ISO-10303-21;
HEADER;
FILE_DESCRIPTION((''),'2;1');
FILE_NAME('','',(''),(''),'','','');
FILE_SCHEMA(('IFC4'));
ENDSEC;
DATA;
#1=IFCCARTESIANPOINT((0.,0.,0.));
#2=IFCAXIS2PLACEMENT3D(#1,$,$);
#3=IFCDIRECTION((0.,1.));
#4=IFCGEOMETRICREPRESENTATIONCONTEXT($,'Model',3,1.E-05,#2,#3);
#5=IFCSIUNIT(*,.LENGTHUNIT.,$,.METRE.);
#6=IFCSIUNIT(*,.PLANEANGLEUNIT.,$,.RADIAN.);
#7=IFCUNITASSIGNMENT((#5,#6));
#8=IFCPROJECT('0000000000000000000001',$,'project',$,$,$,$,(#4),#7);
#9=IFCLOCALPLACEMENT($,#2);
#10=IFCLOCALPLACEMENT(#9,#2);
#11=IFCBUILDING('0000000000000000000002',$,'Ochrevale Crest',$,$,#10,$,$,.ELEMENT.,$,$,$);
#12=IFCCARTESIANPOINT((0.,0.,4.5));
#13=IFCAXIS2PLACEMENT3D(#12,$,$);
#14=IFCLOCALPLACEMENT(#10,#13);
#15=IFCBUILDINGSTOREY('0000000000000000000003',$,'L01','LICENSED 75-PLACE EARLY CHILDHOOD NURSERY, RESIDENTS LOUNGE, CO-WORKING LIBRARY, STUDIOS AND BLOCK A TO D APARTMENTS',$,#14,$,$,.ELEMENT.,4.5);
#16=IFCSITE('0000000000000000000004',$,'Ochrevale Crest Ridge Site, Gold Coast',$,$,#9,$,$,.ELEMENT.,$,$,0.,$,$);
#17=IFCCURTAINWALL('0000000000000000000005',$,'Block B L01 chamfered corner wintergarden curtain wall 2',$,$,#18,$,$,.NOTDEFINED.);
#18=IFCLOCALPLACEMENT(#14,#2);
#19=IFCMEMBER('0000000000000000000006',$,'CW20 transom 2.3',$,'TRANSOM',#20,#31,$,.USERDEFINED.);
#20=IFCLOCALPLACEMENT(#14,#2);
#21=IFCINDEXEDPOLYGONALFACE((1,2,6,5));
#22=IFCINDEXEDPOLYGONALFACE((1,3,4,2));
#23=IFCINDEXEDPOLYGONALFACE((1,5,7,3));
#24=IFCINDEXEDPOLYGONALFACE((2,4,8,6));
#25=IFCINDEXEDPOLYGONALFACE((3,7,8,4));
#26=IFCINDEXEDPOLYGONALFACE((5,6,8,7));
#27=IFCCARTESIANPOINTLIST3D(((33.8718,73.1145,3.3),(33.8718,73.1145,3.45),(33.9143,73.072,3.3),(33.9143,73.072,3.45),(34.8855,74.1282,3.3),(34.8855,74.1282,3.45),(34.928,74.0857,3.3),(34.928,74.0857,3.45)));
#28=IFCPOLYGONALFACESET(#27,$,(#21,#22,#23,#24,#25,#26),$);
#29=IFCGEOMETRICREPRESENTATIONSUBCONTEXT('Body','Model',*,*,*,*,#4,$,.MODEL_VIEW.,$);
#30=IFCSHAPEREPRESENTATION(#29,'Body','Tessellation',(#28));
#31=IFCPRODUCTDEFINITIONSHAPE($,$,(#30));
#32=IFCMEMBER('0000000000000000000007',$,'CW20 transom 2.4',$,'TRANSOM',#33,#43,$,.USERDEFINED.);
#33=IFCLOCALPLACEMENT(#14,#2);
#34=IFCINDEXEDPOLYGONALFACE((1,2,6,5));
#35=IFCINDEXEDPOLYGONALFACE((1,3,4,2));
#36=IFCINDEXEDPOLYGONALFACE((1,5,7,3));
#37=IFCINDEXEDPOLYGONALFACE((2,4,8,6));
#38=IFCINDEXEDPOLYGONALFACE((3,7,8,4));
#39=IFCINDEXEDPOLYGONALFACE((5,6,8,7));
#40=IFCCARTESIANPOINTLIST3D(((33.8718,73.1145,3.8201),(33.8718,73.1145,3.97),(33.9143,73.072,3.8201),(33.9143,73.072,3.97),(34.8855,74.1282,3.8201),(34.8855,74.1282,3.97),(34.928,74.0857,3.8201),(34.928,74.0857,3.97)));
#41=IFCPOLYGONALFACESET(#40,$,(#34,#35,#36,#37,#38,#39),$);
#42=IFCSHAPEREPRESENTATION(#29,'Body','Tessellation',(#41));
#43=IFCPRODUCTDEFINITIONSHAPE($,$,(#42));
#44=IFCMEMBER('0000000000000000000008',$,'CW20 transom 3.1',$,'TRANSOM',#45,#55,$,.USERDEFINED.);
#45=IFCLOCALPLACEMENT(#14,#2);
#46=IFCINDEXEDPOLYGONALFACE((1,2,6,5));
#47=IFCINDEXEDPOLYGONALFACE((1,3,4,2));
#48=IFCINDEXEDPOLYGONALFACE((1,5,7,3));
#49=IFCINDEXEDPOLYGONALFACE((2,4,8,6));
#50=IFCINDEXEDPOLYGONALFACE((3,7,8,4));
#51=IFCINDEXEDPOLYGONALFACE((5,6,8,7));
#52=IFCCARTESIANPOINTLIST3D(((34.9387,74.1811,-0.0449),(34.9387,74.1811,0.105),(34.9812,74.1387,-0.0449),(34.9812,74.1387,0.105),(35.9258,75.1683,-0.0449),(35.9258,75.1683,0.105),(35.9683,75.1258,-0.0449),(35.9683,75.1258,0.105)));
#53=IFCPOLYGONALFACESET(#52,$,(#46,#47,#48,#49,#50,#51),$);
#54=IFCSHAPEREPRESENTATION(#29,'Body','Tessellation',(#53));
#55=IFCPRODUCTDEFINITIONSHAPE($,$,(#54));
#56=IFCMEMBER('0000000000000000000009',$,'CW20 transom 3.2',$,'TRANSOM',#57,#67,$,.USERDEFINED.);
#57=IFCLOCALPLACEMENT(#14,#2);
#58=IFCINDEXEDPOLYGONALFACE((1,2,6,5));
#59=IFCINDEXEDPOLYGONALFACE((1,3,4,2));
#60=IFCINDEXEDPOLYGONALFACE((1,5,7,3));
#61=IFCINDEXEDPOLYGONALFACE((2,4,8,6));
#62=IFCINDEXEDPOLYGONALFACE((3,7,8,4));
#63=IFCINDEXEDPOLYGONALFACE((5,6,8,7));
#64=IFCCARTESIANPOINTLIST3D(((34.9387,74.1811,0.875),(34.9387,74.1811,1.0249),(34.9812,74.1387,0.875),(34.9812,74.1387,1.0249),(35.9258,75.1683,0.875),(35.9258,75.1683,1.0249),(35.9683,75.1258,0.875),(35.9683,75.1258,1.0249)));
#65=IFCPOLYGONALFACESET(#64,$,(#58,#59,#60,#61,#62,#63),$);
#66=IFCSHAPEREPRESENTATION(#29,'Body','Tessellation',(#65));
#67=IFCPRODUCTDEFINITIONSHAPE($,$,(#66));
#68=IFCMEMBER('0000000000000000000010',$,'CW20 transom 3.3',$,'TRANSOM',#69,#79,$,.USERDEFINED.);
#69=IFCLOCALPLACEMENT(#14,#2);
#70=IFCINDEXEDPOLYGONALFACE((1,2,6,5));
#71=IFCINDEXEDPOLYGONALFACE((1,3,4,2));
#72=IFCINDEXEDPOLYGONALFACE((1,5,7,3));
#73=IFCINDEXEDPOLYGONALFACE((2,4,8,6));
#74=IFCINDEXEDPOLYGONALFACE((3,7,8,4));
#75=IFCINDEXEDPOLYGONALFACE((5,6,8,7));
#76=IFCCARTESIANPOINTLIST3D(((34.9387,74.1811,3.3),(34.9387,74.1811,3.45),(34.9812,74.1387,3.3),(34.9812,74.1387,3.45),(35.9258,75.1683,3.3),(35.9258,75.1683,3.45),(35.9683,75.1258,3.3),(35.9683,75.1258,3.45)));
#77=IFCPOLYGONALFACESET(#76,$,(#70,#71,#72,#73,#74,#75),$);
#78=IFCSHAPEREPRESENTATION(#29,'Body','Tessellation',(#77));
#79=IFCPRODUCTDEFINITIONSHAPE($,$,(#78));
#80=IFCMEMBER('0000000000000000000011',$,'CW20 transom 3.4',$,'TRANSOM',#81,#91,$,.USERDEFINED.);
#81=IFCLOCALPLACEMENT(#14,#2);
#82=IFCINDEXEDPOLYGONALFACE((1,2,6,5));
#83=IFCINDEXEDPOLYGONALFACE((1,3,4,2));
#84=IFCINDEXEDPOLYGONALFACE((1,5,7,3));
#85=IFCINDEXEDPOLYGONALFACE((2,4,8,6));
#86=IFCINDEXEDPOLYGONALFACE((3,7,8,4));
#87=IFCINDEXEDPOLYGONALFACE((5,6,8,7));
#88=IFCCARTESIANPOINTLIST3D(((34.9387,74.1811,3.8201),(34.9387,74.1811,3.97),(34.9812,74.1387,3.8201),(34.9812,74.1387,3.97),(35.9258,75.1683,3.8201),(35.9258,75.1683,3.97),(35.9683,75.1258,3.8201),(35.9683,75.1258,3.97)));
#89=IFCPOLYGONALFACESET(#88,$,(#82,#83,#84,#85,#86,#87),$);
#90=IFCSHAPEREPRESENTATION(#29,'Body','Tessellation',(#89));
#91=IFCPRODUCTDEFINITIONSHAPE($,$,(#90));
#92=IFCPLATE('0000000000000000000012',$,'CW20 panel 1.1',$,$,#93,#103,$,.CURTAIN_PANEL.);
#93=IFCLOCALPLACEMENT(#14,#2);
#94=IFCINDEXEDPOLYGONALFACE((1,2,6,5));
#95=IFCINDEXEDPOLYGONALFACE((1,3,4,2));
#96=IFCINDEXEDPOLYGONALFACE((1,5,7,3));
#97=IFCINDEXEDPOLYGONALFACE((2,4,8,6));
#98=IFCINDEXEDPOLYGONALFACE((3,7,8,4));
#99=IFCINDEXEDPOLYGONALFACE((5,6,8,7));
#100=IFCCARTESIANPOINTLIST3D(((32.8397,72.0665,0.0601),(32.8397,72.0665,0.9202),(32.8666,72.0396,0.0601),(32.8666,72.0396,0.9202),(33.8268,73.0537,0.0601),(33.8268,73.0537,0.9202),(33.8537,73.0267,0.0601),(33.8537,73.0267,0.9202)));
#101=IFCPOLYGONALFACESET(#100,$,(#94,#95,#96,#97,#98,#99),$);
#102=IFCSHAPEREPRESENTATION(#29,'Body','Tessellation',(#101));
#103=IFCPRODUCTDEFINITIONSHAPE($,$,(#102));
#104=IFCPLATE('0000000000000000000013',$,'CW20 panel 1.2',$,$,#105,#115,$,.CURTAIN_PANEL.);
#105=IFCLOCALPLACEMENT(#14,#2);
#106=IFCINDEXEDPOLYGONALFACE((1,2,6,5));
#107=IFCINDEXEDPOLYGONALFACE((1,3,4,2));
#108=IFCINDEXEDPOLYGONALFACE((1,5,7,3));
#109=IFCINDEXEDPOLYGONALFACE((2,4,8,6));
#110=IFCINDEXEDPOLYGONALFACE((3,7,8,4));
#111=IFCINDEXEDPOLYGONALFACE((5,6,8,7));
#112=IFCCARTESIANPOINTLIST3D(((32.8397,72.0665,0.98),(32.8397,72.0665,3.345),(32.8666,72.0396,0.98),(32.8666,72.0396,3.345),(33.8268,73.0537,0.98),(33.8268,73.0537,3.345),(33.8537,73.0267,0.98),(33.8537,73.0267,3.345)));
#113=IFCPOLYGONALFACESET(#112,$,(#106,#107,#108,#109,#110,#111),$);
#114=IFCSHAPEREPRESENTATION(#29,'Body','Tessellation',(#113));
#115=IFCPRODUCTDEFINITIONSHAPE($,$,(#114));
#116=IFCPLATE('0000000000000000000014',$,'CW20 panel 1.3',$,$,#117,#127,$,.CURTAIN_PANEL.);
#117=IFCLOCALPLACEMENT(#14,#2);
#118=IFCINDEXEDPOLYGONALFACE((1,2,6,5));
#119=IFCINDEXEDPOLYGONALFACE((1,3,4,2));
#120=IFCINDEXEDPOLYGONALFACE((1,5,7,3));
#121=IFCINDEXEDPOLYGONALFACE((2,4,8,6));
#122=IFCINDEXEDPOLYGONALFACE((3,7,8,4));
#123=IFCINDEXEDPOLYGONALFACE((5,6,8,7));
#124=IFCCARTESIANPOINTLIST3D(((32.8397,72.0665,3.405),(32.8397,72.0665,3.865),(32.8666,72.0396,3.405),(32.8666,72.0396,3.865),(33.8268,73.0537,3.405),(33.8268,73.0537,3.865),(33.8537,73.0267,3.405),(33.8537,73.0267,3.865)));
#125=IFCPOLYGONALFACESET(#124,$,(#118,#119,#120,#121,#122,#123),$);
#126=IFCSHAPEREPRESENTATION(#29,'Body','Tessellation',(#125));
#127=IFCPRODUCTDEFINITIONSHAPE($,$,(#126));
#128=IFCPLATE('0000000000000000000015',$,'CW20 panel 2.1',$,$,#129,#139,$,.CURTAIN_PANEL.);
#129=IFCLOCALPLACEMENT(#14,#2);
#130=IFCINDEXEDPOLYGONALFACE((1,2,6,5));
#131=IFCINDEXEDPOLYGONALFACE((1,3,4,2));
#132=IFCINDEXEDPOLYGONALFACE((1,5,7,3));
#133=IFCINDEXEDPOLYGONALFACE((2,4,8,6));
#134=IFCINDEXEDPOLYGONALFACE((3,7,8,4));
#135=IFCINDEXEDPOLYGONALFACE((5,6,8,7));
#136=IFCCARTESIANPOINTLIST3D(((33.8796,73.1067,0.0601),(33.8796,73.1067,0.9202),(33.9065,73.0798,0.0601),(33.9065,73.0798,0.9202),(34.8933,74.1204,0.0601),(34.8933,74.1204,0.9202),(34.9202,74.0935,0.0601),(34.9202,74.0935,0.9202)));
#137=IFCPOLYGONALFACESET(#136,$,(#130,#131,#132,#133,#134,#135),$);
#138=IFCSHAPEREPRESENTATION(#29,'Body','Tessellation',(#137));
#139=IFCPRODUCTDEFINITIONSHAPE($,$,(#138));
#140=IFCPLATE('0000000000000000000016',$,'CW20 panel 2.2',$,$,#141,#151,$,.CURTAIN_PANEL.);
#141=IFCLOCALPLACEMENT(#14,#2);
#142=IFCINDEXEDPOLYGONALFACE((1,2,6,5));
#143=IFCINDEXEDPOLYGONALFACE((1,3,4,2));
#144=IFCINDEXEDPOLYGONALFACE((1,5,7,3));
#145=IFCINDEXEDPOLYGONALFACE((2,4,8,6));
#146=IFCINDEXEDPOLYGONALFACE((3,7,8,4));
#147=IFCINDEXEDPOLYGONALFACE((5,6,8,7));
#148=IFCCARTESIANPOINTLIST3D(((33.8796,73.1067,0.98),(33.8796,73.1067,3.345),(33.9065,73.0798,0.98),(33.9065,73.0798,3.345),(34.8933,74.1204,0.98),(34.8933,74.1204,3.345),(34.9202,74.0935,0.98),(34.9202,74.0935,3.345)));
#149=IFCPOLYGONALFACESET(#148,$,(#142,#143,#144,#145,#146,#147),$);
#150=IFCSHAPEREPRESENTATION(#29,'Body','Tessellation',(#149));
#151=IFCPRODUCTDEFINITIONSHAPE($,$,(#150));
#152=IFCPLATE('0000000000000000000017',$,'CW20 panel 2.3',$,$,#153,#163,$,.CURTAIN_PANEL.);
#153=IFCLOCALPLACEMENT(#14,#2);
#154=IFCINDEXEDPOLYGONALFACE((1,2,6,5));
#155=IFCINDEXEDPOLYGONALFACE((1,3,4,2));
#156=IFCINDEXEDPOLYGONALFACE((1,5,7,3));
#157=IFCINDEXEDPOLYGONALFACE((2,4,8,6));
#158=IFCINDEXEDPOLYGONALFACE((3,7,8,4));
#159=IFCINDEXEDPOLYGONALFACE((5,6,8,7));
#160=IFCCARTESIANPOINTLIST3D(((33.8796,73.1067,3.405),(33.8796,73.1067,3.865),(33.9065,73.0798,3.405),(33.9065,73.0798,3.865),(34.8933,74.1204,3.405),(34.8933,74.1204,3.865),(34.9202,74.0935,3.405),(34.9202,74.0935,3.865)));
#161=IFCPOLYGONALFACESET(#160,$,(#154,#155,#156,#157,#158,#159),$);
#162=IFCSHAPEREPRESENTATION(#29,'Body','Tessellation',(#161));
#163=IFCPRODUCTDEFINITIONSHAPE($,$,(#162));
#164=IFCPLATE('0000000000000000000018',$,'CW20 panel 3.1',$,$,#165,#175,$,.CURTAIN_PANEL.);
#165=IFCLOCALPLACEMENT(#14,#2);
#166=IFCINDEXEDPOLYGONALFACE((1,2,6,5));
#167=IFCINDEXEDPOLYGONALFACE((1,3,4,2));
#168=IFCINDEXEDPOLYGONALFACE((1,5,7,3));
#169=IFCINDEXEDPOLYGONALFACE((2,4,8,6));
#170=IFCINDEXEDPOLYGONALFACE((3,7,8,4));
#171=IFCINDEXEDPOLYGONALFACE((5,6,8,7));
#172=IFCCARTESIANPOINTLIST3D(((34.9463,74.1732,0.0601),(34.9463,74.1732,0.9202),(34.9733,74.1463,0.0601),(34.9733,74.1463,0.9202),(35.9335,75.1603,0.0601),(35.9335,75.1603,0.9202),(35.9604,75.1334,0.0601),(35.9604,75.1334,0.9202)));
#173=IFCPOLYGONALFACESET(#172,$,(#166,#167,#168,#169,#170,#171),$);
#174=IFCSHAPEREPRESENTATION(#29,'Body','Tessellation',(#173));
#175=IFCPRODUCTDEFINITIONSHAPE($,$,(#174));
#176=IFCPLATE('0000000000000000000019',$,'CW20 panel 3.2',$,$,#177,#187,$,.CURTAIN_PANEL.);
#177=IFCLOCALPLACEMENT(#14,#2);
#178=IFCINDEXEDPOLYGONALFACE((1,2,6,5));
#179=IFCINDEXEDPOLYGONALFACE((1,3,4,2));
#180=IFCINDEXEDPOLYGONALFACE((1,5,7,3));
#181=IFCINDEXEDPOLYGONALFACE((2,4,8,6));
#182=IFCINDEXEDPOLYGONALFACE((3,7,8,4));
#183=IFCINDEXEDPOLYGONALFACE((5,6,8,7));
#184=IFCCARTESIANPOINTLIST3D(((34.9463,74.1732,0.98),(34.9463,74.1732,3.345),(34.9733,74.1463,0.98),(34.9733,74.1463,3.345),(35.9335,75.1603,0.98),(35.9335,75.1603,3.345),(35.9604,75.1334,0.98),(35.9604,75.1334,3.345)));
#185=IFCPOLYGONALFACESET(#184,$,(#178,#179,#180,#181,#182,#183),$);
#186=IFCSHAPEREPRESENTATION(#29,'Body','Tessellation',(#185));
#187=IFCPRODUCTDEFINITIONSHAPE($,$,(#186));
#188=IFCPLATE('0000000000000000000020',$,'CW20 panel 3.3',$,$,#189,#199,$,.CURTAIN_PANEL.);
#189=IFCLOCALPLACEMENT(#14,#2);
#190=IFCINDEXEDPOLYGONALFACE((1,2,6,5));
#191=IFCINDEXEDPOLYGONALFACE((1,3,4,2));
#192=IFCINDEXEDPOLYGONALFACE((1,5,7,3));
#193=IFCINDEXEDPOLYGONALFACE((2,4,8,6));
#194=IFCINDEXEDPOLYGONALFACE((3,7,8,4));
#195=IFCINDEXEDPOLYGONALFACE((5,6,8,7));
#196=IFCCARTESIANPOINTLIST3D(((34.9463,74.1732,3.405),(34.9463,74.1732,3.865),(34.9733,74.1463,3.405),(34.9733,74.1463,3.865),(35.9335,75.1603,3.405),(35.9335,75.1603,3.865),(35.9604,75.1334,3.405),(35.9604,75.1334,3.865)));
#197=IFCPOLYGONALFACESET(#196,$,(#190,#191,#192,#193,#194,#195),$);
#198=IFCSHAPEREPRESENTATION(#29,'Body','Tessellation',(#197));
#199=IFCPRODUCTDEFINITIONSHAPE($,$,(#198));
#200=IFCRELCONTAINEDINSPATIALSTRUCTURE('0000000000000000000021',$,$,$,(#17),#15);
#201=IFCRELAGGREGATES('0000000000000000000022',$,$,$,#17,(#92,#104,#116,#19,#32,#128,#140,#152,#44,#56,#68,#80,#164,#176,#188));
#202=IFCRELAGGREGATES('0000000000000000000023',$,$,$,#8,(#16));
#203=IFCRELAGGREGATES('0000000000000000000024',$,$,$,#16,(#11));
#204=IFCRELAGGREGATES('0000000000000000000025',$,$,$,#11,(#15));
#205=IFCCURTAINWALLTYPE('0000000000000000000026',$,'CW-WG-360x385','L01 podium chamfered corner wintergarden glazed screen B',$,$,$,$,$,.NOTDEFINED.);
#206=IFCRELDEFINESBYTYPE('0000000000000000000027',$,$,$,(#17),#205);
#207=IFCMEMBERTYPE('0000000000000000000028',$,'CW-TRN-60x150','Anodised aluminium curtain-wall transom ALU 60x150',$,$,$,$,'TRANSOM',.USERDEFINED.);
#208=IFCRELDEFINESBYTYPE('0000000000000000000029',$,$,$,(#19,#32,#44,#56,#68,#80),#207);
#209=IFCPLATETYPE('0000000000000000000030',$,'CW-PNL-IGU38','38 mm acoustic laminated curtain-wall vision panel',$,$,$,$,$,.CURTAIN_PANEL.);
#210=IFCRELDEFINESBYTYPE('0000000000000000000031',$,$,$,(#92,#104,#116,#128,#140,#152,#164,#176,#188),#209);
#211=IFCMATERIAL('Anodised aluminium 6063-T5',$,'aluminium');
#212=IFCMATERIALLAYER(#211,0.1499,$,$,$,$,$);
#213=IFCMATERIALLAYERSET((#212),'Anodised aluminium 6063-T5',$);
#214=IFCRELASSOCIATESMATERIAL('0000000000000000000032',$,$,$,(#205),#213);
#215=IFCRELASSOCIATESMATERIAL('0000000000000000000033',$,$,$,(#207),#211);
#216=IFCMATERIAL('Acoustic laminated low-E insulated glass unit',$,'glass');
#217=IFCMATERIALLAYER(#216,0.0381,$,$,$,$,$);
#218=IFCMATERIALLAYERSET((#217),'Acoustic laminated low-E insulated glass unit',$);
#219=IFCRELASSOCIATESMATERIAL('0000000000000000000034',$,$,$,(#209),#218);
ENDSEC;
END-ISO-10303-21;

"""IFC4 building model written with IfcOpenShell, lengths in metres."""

from ifc_helpers import new_model, si_unit, direction, frame, origin, origin_2d, place, context, subcontext, project, spatial, rectangle, extrude, material, layer, layer_set, material_profile, profile_set, type_object, element, aggregate, save


model = new_model("IFC4")

# Units and contexts
model_context = context("Model", 3, precision=1e-05, world=origin(), true_north=direction((0.0, 1.0)))
body_context = subcontext(model_context, "Body", "Model", "MODEL_VIEW")
ifc_project = project(units=[si_unit("LENGTHUNIT", "METRE"), si_unit("PLANEANGLEUNIT", "RADIAN")], contexts=[model_context])

# Site, building, storey
site_placement = place(None, origin())
site = spatial("IfcSite", under=ifc_project, at=site_placement, Name="Ochrevale Crest Ridge Site, Gold Coast", CompositionType="ELEMENT", RefElevation=0.0)
building_placement = place(site_placement, origin())
building = spatial("IfcBuilding", under=site, at=building_placement, Name="Ochrevale Crest", CompositionType="ELEMENT")
storey_placement = place(building_placement, frame((0.0, 0.0, 4.5)))
storey = spatial("IfcBuildingStorey", under=building, at=storey_placement, Name="L01", Description="LICENSED 75-PLACE EARLY CHILDHOOD NURSERY, RESIDENTS LOUNGE, CO-WORKING LIBRARY, STUDIOS AND BLOCK A TO D APARTMENTS", CompositionType="ELEMENT", Elevation=4.5)

# Curtain wall, members, plates
ifc_material_1 = material(Name="Anodised aluminium 6063-T5", Category="aluminium")
ifc_layer_1 = layer(ifc_material_1, 0.1499)
ifc_layer_set_1 = layer_set([ifc_layer_1], Name="Anodised aluminium 6063-T5")
curtain_wall_type = type_object("IfcCurtainWallType", Name="CW-WG-360x385", Description="L01 podium chamfered corner wintergarden glazed screen B", PredefinedType="NOTDEFINED", material=ifc_layer_set_1)
curtain_wall_placement = place(storey_placement, origin())
curtain_wall = element("IfcCurtainWall", 1, at=curtain_wall_placement, inside=storey, type_object=curtain_wall_type, Name="Block B L01 chamfered corner wintergarden curtain wall 2", PredefinedType="NOTDEFINED")
ifc_material_profile_1 = material_profile(ifc_material_1, rectangle(XDim=0.0601, YDim=0.1499, at=origin_2d()), Name="ALU 60x150")
ifc_profile_set_1 = profile_set([ifc_material_profile_1], Name="Anodised aluminium 6063-T5")
member_type_1 = type_object("IfcMemberType", Name="CW-TRN-60x150", Description="Anodised aluminium curtain-wall transom ALU 60x150", ElementType="TRANSOM", PredefinedType="USERDEFINED", material=ifc_profile_set_1)
member_1_placement = place(storey_placement, frame((33.8931, 73.0933, 3.375), z_axis=(0.707107, 0.707107, 0.0), x_axis=(-0.707107, 0.707107, 0.0)))
member_1 = element("IfcMember", 2, at=member_1_placement, type_object=member_type_1, Name="CW20 transom 2.3", ObjectType="TRANSOM", PredefinedType="USERDEFINED", context=body_context, shape_type="SweptSolid", body=[
    extrude(rectangle(XDim=0.0601, YDim=0.1499, at=origin_2d()), origin(), (0.0, 0.0, 1.0), 1.4336),
])
member_2_placement = place(storey_placement, frame((33.8931, 73.0933, 3.895), z_axis=(0.707107, 0.707107, 0.0), x_axis=(-0.707107, 0.707107, 0.0)))
member_2 = element("IfcMember", 3, at=member_2_placement, type_object=member_type_1, Name="CW20 transom 2.4", ObjectType="TRANSOM", PredefinedType="USERDEFINED", context=body_context, shape_type="SweptSolid", body=[
    extrude(rectangle(XDim=0.0601, YDim=0.1499, at=origin_2d()), origin(), (0.0, 0.0, 1.0), 1.4336),
])
member_3_placement = place(storey_placement, frame((34.96, 74.1599, 0.03), z_axis=(0.707107, 0.707107, 0.0), x_axis=(-0.707107, 0.707107, 0.0)))
member_3 = element("IfcMember", 4, at=member_3_placement, type_object=member_type_1, Name="CW20 transom 3.1", ObjectType="TRANSOM", PredefinedType="USERDEFINED", context=body_context, shape_type="SweptSolid", body=[
    extrude(rectangle(XDim=0.0601, YDim=0.1499, at=origin_2d()), origin(), (0.0, 0.0, 1.0), 1.396),
])
member_4_placement = place(storey_placement, frame((34.96, 74.1599, 0.95), z_axis=(0.707107, 0.707107, 0.0), x_axis=(-0.707107, 0.707107, 0.0)))
member_4 = element("IfcMember", 5, at=member_4_placement, type_object=member_type_1, Name="CW20 transom 3.2", ObjectType="TRANSOM", PredefinedType="USERDEFINED", context=body_context, shape_type="SweptSolid", body=[
    extrude(rectangle(XDim=0.0601, YDim=0.1499, at=origin_2d()), origin(), (0.0, 0.0, 1.0), 1.396),
])
member_5_placement = place(storey_placement, frame((34.96, 74.1599, 3.375), z_axis=(0.707107, 0.707107, 0.0), x_axis=(-0.707107, 0.707107, 0.0)))
member_5 = element("IfcMember", 6, at=member_5_placement, type_object=member_type_1, Name="CW20 transom 3.3", ObjectType="TRANSOM", PredefinedType="USERDEFINED", context=body_context, shape_type="SweptSolid", body=[
    extrude(rectangle(XDim=0.0601, YDim=0.1499, at=origin_2d()), origin(), (0.0, 0.0, 1.0), 1.396),
])
member_6_placement = place(storey_placement, frame((34.96, 74.1599, 3.895), z_axis=(0.707107, 0.707107, 0.0), x_axis=(-0.707107, 0.707107, 0.0)))
member_6 = element("IfcMember", 7, at=member_6_placement, type_object=member_type_1, Name="CW20 transom 3.4", ObjectType="TRANSOM", PredefinedType="USERDEFINED", context=body_context, shape_type="SweptSolid", body=[
    extrude(rectangle(XDim=0.0601, YDim=0.1499, at=origin_2d()), origin(), (0.0, 0.0, 1.0), 1.396),
])
ifc_material_2 = material(Name="Acoustic laminated low-E insulated glass unit", Category="glass")
ifc_layer_2 = layer(ifc_material_2, 0.0381)
ifc_layer_set_2 = layer_set([ifc_layer_2], Name="Acoustic laminated low-E insulated glass unit")
plate_type = type_object("IfcPlateType", Name="CW-PNL-IGU38", Description="38 mm acoustic laminated curtain-wall vision panel", PredefinedType="CURTAIN_PANEL", material=ifc_layer_set_2)
plate_1_placement = place(storey_placement, frame((33.3467, 72.5466, 0.0601), z_axis=(0.0, 0.0, 1.0), x_axis=(0.707107, 0.707107, 0.0)))
plate_1 = element("IfcPlate", 8, at=plate_1_placement, type_object=plate_type, Name="CW20 panel 1.1", PredefinedType="CURTAIN_PANEL", context=body_context, shape_type="SweptSolid", body=[
    extrude(rectangle(XDim=1.396, YDim=0.0381, at=origin_2d()), origin(), (0.0, 0.0, 1.0), 0.8601),
])
plate_2_placement = place(storey_placement, frame((33.3467, 72.5466, 0.98), z_axis=(0.0, 0.0, 1.0), x_axis=(0.707107, 0.707107, 0.0)))
plate_2 = element("IfcPlate", 9, at=plate_2_placement, type_object=plate_type, Name="CW20 panel 1.2", PredefinedType="CURTAIN_PANEL", context=body_context, shape_type="SweptSolid", body=[
    extrude(rectangle(XDim=1.396, YDim=0.0381, at=origin_2d()), origin(), (0.0, 0.0, 1.0), 2.365),
])
plate_3_placement = place(storey_placement, frame((33.3467, 72.5466, 3.405), z_axis=(0.0, 0.0, 1.0), x_axis=(0.707107, 0.707107, 0.0)))
plate_3 = element("IfcPlate", 10, at=plate_3_placement, type_object=plate_type, Name="CW20 panel 1.3", PredefinedType="CURTAIN_PANEL", context=body_context, shape_type="SweptSolid", body=[
    extrude(rectangle(XDim=1.396, YDim=0.0381, at=origin_2d()), origin(), (0.0, 0.0, 1.0), 0.46),
])
plate_4_placement = place(storey_placement, frame((34.3999, 73.6001, 0.0601), z_axis=(0.0, 0.0, 1.0), x_axis=(0.707107, 0.707107, 0.0)))
plate_4 = element("IfcPlate", 11, at=plate_4_placement, type_object=plate_type, Name="CW20 panel 2.1", PredefinedType="CURTAIN_PANEL", context=body_context, shape_type="SweptSolid", body=[
    extrude(rectangle(XDim=1.4336, YDim=0.0381, at=origin_2d()), origin(), (0.0, 0.0, 1.0), 0.8601),
])
plate_5_placement = place(storey_placement, frame((34.3999, 73.6001, 0.98), z_axis=(0.0, 0.0, 1.0), x_axis=(0.707107, 0.707107, 0.0)))
plate_5 = element("IfcPlate", 12, at=plate_5_placement, type_object=plate_type, Name="CW20 panel 2.2", PredefinedType="CURTAIN_PANEL", context=body_context, shape_type="SweptSolid", body=[
    extrude(rectangle(XDim=1.4336, YDim=0.0381, at=origin_2d()), origin(), (0.0, 0.0, 1.0), 2.365),
])
plate_6_placement = place(storey_placement, frame((34.3999, 73.6001, 3.405), z_axis=(0.0, 0.0, 1.0), x_axis=(0.707107, 0.707107, 0.0)))
plate_6 = element("IfcPlate", 13, at=plate_6_placement, type_object=plate_type, Name="CW20 panel 2.3", PredefinedType="CURTAIN_PANEL", context=body_context, shape_type="SweptSolid", body=[
    extrude(rectangle(XDim=1.4336, YDim=0.0381, at=origin_2d()), origin(), (0.0, 0.0, 1.0), 0.46),
])
plate_7_placement = place(storey_placement, frame((35.4534, 74.6533, 0.0601), z_axis=(0.0, 0.0, 1.0), x_axis=(0.707107, 0.707107, 0.0)))
plate_7 = element("IfcPlate", 14, at=plate_7_placement, type_object=plate_type, Name="CW20 panel 3.1", PredefinedType="CURTAIN_PANEL", context=body_context, shape_type="SweptSolid", body=[
    extrude(rectangle(XDim=1.396, YDim=0.0381, at=origin_2d()), origin(), (0.0, 0.0, 1.0), 0.8601),
])
plate_8_placement = place(storey_placement, frame((35.4534, 74.6533, 0.98), z_axis=(0.0, 0.0, 1.0), x_axis=(0.707107, 0.707107, 0.0)))
plate_8 = element("IfcPlate", 15, at=plate_8_placement, type_object=plate_type, Name="CW20 panel 3.2", PredefinedType="CURTAIN_PANEL", context=body_context, shape_type="SweptSolid", body=[
    extrude(rectangle(XDim=1.396, YDim=0.0381, at=origin_2d()), origin(), (0.0, 0.0, 1.0), 2.365),
])
plate_9_placement = place(storey_placement, frame((35.4534, 74.6533, 3.405), z_axis=(0.0, 0.0, 1.0), x_axis=(0.707107, 0.707107, 0.0)))
plate_9 = element("IfcPlate", 16, at=plate_9_placement, type_object=plate_type, Name="CW20 panel 3.3", PredefinedType="CURTAIN_PANEL", context=body_context, shape_type="SweptSolid", body=[
    extrude(rectangle(XDim=1.396, YDim=0.0381, at=origin_2d()), origin(), (0.0, 0.0, 1.0), 0.46),
])
aggregate(curtain_wall, [plate_1, plate_2, plate_3, member_1, member_2, plate_4, plate_5, plate_6, member_3, member_4, member_5, member_6, plate_7, plate_8, plate_9])

save(model, "model.ifc")
